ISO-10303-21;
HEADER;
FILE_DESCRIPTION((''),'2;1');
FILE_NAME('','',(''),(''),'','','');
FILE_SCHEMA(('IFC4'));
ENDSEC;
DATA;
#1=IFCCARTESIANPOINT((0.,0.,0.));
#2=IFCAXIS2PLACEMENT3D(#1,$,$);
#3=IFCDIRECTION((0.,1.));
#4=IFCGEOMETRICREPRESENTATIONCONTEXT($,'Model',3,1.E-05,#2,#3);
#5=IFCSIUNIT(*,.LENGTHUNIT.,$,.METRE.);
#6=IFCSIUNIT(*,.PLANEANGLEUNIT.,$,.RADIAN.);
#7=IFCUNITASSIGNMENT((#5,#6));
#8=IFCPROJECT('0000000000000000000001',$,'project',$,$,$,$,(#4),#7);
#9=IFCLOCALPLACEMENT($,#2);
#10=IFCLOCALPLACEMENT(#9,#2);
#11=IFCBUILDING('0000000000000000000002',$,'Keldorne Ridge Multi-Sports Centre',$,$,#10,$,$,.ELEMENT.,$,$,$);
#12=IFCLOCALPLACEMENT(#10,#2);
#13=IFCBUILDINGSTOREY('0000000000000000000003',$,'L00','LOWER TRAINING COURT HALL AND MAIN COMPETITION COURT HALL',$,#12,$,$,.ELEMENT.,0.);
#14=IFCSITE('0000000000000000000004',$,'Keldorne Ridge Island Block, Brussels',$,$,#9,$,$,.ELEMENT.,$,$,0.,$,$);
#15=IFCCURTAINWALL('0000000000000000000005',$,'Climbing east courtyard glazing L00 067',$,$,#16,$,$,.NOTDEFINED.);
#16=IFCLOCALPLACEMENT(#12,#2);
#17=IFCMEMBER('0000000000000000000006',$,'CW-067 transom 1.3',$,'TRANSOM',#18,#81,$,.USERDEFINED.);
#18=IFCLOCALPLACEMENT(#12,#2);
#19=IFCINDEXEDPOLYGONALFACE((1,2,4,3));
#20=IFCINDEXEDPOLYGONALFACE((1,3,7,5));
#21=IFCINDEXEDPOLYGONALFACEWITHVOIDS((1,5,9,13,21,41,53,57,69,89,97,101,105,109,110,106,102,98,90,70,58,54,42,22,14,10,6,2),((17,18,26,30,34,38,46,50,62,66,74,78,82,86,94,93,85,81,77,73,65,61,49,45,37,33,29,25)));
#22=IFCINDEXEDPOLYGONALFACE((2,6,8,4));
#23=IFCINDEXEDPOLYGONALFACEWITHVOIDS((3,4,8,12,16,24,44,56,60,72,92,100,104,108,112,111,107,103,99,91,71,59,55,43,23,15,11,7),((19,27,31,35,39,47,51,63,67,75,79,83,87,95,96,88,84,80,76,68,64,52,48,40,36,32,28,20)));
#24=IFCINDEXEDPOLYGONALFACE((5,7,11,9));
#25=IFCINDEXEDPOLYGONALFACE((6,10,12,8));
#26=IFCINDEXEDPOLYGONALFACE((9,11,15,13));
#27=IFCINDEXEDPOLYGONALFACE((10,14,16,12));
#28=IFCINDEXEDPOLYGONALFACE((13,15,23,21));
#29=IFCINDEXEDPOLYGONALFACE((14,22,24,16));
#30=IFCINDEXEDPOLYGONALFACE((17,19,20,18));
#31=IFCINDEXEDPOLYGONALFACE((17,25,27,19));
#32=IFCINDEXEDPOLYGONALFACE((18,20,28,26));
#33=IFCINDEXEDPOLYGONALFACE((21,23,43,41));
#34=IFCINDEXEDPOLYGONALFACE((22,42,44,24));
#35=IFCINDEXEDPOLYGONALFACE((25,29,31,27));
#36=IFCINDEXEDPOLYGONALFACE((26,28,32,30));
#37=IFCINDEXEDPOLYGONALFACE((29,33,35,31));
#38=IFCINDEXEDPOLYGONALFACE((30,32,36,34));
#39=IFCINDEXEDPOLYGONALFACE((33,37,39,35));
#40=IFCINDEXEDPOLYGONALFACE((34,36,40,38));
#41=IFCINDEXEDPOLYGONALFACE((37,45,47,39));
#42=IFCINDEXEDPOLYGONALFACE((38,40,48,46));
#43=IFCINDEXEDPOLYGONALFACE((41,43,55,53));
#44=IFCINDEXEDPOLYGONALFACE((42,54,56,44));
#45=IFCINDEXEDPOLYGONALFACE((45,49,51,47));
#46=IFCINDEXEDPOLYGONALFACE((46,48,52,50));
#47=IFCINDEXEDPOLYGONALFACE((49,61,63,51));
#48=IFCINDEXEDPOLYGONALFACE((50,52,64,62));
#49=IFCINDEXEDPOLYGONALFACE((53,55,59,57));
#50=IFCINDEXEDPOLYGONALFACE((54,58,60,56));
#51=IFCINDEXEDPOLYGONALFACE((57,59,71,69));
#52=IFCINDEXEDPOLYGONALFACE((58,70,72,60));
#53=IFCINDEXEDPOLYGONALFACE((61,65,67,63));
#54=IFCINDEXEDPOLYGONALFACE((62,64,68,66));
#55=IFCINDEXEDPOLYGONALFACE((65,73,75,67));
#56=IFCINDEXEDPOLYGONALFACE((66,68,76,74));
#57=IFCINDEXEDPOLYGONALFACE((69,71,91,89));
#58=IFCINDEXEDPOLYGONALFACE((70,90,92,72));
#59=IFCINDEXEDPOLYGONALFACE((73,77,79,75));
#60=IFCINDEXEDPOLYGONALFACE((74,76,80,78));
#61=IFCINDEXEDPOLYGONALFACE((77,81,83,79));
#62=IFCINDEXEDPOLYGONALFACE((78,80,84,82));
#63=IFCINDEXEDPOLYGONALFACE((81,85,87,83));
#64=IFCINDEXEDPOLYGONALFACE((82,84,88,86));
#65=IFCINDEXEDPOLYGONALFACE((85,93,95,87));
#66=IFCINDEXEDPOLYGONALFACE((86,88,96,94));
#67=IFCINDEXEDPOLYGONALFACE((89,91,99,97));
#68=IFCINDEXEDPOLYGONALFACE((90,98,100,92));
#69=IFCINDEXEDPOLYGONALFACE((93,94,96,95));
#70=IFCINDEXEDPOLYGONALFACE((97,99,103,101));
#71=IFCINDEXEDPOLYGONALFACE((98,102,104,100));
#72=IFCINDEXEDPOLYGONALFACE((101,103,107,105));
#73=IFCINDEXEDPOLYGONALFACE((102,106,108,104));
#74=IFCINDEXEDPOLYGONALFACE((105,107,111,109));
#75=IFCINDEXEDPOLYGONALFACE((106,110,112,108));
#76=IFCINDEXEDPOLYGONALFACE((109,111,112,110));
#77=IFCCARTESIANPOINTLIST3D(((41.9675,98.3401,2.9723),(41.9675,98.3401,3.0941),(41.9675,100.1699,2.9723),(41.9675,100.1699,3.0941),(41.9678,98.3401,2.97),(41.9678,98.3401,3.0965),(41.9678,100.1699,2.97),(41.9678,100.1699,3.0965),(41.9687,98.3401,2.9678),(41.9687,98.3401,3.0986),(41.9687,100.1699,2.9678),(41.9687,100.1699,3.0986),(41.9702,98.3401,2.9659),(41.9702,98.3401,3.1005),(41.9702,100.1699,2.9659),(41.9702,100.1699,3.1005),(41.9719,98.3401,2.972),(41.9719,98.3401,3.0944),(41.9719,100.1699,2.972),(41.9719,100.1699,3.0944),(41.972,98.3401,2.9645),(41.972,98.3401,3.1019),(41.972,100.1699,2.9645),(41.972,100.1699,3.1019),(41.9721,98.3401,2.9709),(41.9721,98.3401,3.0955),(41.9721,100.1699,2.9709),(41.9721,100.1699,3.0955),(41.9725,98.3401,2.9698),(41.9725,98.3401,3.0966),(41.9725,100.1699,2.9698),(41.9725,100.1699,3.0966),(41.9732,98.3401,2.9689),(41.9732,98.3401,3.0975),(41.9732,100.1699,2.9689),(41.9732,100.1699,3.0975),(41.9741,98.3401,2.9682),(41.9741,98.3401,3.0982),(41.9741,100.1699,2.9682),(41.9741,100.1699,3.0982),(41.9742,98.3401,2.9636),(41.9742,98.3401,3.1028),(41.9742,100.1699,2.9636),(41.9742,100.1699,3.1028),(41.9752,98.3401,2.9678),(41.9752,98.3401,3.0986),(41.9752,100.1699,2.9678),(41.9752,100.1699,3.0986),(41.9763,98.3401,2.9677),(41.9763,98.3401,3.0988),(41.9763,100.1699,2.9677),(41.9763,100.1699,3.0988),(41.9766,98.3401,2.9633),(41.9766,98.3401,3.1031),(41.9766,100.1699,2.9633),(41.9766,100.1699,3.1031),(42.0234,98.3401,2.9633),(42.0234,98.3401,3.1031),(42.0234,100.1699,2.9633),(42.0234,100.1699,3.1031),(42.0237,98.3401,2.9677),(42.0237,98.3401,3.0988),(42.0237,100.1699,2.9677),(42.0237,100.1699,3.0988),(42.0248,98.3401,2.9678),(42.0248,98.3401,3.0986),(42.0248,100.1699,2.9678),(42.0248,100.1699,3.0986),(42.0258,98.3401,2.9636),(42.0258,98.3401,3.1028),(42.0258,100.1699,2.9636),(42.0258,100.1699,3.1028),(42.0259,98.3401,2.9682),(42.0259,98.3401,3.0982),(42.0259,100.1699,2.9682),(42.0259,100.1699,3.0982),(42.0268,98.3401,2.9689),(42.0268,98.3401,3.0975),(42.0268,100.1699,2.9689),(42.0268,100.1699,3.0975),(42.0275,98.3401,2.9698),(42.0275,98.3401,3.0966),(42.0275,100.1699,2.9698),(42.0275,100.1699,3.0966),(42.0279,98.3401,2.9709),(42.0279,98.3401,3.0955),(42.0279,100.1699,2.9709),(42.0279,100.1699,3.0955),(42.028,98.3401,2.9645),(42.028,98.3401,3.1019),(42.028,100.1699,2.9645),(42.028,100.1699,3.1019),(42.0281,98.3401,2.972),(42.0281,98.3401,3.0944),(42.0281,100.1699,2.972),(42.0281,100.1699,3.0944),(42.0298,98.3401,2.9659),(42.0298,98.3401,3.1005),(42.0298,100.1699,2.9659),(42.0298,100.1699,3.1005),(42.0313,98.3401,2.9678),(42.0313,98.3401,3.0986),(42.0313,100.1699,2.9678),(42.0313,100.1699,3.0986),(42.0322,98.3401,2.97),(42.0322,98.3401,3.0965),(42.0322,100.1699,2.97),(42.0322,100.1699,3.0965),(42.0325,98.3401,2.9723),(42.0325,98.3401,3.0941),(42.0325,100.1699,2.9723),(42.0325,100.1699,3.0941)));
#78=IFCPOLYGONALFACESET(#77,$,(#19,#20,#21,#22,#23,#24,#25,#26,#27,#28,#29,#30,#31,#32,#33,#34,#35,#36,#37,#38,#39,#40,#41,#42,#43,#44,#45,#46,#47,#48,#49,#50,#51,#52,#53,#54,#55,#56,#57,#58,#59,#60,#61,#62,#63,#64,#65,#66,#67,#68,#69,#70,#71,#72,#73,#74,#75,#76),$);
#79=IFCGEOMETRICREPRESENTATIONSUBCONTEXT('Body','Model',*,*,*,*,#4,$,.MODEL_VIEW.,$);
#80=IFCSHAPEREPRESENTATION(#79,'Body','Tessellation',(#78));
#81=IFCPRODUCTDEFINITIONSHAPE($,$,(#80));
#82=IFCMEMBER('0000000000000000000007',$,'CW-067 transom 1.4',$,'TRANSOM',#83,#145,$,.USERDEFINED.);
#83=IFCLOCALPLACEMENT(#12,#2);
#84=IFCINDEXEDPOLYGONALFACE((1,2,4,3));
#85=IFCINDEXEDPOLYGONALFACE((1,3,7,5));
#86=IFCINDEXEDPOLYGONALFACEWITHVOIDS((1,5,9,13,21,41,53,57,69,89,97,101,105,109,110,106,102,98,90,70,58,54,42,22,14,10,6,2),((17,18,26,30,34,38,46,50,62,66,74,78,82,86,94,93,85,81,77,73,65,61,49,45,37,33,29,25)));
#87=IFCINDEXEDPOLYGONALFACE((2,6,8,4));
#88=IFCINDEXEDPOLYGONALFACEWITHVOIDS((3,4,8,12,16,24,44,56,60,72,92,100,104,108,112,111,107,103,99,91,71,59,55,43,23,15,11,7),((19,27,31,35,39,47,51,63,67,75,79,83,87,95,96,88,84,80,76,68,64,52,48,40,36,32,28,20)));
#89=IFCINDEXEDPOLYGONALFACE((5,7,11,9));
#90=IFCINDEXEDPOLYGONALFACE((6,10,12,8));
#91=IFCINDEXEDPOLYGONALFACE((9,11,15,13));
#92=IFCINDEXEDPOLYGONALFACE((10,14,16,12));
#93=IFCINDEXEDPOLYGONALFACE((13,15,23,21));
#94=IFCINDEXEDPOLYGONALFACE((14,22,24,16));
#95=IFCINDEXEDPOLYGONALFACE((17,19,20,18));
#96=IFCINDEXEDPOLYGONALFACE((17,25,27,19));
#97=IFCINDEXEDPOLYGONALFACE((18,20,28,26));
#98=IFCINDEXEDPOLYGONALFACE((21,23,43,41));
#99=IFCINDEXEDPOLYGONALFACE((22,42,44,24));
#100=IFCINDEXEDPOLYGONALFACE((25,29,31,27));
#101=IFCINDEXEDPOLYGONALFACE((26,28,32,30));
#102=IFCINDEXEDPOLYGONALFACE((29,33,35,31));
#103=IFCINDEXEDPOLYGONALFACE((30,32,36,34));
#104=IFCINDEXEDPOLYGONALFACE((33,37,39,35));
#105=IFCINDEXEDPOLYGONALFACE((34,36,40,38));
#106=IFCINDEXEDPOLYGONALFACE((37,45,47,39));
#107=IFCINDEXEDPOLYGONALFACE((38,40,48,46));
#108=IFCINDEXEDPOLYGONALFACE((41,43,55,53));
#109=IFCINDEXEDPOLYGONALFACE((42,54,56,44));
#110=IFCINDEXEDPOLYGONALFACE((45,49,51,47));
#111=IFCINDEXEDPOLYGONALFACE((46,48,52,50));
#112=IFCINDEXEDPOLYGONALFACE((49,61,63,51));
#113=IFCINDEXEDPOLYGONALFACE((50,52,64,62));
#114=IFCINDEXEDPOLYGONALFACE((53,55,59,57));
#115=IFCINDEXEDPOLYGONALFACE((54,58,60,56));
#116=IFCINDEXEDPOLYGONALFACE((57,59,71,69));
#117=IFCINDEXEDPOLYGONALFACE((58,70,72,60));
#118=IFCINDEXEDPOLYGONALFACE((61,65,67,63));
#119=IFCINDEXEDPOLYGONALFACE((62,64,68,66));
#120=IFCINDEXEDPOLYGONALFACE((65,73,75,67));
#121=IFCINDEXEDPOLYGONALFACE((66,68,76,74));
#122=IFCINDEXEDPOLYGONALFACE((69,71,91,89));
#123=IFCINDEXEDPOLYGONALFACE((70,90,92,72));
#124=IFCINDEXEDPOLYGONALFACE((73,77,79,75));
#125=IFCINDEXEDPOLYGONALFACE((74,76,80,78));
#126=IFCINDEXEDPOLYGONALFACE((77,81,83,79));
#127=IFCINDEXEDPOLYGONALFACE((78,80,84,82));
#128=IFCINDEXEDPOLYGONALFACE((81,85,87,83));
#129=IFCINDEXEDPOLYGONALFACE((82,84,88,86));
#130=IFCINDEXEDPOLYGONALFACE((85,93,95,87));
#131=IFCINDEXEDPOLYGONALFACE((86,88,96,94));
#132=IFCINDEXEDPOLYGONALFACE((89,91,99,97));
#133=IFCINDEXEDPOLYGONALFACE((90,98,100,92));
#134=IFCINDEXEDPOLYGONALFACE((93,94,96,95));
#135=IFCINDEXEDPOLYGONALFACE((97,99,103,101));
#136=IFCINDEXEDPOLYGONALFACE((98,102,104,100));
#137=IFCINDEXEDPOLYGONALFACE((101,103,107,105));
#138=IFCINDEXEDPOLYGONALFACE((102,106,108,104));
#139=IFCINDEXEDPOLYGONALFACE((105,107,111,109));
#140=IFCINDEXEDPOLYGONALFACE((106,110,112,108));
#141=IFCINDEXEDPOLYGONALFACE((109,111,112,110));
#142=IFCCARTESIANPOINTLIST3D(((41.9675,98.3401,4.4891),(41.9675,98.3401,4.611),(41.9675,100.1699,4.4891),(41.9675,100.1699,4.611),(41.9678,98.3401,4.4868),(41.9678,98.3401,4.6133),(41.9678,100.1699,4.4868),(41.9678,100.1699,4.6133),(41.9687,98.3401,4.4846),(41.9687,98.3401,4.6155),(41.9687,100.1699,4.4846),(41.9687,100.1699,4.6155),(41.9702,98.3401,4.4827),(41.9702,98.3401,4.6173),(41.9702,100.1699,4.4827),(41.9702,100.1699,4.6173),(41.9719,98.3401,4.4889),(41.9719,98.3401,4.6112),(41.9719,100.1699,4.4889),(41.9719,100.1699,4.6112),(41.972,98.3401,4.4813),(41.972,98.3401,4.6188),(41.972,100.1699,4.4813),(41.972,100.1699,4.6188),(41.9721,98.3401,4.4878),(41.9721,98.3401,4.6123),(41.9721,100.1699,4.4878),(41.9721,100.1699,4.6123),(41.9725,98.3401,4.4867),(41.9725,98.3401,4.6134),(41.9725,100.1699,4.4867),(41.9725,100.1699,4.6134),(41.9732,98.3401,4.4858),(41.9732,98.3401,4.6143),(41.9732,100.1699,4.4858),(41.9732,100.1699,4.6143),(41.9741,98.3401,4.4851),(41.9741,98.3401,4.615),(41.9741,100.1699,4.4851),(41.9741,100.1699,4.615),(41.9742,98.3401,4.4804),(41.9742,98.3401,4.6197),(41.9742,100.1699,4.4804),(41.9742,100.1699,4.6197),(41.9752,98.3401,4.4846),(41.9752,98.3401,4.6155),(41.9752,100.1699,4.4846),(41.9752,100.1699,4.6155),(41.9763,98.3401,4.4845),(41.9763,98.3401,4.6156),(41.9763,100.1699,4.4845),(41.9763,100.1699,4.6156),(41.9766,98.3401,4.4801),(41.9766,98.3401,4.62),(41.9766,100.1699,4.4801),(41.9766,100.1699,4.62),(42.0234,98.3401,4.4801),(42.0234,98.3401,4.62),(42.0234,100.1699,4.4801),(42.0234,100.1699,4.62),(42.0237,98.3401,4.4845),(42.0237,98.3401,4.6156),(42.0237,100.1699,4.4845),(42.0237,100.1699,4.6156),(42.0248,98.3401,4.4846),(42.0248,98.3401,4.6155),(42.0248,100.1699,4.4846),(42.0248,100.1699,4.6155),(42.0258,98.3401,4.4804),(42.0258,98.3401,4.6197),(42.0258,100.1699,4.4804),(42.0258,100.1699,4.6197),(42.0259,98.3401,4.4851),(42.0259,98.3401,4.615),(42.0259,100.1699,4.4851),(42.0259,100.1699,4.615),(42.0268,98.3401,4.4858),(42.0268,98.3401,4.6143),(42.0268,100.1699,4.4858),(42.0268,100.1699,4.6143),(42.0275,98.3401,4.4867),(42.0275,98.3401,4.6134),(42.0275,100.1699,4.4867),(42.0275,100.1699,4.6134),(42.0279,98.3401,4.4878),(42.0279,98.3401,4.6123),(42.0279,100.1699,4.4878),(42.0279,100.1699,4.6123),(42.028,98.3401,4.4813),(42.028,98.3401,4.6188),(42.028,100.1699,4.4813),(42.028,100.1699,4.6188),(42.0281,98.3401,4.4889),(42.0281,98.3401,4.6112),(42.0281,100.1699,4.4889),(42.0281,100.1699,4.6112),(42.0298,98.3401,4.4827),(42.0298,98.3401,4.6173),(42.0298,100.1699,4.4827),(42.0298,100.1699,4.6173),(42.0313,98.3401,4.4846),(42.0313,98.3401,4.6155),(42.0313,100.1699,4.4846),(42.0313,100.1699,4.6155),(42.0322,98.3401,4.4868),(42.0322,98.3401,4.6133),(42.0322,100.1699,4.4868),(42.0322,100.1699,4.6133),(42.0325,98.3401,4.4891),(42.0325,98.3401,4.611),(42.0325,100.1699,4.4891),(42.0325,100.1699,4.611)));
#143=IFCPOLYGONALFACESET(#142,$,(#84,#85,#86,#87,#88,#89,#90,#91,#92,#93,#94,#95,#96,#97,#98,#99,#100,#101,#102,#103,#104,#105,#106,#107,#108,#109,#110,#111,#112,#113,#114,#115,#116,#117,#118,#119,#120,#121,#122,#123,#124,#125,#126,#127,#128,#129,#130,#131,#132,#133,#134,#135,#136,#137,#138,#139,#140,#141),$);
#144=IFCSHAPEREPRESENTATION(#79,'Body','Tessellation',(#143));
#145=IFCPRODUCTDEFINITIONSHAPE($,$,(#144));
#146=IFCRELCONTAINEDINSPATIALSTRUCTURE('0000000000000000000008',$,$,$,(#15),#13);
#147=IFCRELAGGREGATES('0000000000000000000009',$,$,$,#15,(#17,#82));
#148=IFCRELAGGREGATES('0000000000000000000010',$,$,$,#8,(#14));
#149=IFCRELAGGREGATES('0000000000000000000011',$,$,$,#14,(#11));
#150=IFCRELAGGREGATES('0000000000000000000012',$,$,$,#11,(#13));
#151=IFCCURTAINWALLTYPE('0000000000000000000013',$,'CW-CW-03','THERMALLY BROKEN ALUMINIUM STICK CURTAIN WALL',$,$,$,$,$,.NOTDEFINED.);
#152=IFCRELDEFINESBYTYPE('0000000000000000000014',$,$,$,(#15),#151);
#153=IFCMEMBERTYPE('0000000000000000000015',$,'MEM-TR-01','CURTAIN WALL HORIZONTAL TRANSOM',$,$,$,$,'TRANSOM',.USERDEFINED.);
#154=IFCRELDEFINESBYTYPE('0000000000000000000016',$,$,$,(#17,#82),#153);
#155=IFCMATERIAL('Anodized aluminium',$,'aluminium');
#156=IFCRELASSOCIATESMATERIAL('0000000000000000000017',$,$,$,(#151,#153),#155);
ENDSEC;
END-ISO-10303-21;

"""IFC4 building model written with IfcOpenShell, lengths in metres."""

from ifc_helpers import new_model, si_unit, direction, frame, origin, origin_2d, place, context, subcontext, project, spatial, hollow_rectangle, extrude, material, material_profile, profile_set, type_object, element, aggregate, save


model = new_model("IFC4")

# Units and contexts
model_context = context("Model", 3, precision=1e-05, world=origin(), true_north=direction((0.0, 1.0)))
body_context = subcontext(model_context, "Body", "Model", "MODEL_VIEW")
ifc_project = project(units=[si_unit("LENGTHUNIT", "METRE"), si_unit("PLANEANGLEUNIT", "RADIAN")], contexts=[model_context])

# Site, building, storey
site_placement = place(None, origin())
site = spatial("IfcSite", under=ifc_project, at=site_placement, Name="Keldorne Ridge Island Block, Brussels", CompositionType="ELEMENT", RefElevation=0.0)
building_placement = place(site_placement, origin())
building = spatial("IfcBuilding", under=site, at=building_placement, Name="Keldorne Ridge Multi-Sports Centre", CompositionType="ELEMENT")
storey_placement = place(building_placement, origin())
storey = spatial("IfcBuildingStorey", under=building, at=storey_placement, Name="L00", Description="LOWER TRAINING COURT HALL AND MAIN COMPETITION COURT HALL", CompositionType="ELEMENT", Elevation=0.0)

# Shared definitions
ifc_material_1 = material(Name="Anodized aluminium", Category="aluminium")

# Curtain wall, members
curtain_wall_type_1 = type_object("IfcCurtainWallType", Name="CW-CW-03", Description="THERMALLY BROKEN ALUMINIUM STICK CURTAIN WALL", PredefinedType="NOTDEFINED", material=ifc_material_1)
curtain_wall_1_placement = place(storey_placement, origin())
curtain_wall_1 = element("IfcCurtainWall", 1, at=curtain_wall_1_placement, inside=storey, type_object=curtain_wall_type_1, Name="Climbing east courtyard glazing L00 067", PredefinedType="NOTDEFINED")
ifc_material_profile_1 = material_profile(ifc_material_1, hollow_rectangle(XDim=0.0649, YDim=0.1399, WallThickness=0.0044, InnerFilletRadius=0.0044, OuterFilletRadius=0.009, at=origin_2d()), Name="ALU TRANSOM 140x65x4.5")
ifc_profile_set_1 = profile_set([ifc_material_profile_1], Name="Anodized aluminium")
member_type_1 = type_object("IfcMemberType", Name="MEM-TR-01", Description="CURTAIN WALL HORIZONTAL TRANSOM", ElementType="TRANSOM", PredefinedType="USERDEFINED", material=ifc_profile_set_1)
member_1_placement = place(storey_placement, frame((42.0, 98.3401, 3.0332), z_axis=(0.0, 1.0, 0.0), x_axis=(-1.0, 0.0, 0.0)))
member_1 = element("IfcMember", 2, at=member_1_placement, type_object=member_type_1, Name="CW-067 transom 1.3", ObjectType="TRANSOM", PredefinedType="USERDEFINED", context=body_context, shape_type="SweptSolid", body=[
    extrude(hollow_rectangle(XDim=0.0649, YDim=0.1399, WallThickness=0.0044, InnerFilletRadius=0.0044, OuterFilletRadius=0.009, at=origin_2d()), origin(), (0.0, 0.0, 1.0), 1.8298),
])
member_2_placement = place(storey_placement, frame((42.0, 98.3401, 4.55), z_axis=(0.0, 1.0, 0.0), x_axis=(-1.0, 0.0, 0.0)))
member_2 = element("IfcMember", 3, at=member_2_placement, type_object=member_type_1, Name="CW-067 transom 1.4", ObjectType="TRANSOM", PredefinedType="USERDEFINED", context=body_context, shape_type="SweptSolid", body=[
    extrude(hollow_rectangle(XDim=0.0649, YDim=0.1399, WallThickness=0.0044, InnerFilletRadius=0.0044, OuterFilletRadius=0.009, at=origin_2d()), origin(), (0.0, 0.0, 1.0), 1.8298),
])

aggregate(curtain_wall_1, [member_1, member_2])

save(model, "model.ifc")
